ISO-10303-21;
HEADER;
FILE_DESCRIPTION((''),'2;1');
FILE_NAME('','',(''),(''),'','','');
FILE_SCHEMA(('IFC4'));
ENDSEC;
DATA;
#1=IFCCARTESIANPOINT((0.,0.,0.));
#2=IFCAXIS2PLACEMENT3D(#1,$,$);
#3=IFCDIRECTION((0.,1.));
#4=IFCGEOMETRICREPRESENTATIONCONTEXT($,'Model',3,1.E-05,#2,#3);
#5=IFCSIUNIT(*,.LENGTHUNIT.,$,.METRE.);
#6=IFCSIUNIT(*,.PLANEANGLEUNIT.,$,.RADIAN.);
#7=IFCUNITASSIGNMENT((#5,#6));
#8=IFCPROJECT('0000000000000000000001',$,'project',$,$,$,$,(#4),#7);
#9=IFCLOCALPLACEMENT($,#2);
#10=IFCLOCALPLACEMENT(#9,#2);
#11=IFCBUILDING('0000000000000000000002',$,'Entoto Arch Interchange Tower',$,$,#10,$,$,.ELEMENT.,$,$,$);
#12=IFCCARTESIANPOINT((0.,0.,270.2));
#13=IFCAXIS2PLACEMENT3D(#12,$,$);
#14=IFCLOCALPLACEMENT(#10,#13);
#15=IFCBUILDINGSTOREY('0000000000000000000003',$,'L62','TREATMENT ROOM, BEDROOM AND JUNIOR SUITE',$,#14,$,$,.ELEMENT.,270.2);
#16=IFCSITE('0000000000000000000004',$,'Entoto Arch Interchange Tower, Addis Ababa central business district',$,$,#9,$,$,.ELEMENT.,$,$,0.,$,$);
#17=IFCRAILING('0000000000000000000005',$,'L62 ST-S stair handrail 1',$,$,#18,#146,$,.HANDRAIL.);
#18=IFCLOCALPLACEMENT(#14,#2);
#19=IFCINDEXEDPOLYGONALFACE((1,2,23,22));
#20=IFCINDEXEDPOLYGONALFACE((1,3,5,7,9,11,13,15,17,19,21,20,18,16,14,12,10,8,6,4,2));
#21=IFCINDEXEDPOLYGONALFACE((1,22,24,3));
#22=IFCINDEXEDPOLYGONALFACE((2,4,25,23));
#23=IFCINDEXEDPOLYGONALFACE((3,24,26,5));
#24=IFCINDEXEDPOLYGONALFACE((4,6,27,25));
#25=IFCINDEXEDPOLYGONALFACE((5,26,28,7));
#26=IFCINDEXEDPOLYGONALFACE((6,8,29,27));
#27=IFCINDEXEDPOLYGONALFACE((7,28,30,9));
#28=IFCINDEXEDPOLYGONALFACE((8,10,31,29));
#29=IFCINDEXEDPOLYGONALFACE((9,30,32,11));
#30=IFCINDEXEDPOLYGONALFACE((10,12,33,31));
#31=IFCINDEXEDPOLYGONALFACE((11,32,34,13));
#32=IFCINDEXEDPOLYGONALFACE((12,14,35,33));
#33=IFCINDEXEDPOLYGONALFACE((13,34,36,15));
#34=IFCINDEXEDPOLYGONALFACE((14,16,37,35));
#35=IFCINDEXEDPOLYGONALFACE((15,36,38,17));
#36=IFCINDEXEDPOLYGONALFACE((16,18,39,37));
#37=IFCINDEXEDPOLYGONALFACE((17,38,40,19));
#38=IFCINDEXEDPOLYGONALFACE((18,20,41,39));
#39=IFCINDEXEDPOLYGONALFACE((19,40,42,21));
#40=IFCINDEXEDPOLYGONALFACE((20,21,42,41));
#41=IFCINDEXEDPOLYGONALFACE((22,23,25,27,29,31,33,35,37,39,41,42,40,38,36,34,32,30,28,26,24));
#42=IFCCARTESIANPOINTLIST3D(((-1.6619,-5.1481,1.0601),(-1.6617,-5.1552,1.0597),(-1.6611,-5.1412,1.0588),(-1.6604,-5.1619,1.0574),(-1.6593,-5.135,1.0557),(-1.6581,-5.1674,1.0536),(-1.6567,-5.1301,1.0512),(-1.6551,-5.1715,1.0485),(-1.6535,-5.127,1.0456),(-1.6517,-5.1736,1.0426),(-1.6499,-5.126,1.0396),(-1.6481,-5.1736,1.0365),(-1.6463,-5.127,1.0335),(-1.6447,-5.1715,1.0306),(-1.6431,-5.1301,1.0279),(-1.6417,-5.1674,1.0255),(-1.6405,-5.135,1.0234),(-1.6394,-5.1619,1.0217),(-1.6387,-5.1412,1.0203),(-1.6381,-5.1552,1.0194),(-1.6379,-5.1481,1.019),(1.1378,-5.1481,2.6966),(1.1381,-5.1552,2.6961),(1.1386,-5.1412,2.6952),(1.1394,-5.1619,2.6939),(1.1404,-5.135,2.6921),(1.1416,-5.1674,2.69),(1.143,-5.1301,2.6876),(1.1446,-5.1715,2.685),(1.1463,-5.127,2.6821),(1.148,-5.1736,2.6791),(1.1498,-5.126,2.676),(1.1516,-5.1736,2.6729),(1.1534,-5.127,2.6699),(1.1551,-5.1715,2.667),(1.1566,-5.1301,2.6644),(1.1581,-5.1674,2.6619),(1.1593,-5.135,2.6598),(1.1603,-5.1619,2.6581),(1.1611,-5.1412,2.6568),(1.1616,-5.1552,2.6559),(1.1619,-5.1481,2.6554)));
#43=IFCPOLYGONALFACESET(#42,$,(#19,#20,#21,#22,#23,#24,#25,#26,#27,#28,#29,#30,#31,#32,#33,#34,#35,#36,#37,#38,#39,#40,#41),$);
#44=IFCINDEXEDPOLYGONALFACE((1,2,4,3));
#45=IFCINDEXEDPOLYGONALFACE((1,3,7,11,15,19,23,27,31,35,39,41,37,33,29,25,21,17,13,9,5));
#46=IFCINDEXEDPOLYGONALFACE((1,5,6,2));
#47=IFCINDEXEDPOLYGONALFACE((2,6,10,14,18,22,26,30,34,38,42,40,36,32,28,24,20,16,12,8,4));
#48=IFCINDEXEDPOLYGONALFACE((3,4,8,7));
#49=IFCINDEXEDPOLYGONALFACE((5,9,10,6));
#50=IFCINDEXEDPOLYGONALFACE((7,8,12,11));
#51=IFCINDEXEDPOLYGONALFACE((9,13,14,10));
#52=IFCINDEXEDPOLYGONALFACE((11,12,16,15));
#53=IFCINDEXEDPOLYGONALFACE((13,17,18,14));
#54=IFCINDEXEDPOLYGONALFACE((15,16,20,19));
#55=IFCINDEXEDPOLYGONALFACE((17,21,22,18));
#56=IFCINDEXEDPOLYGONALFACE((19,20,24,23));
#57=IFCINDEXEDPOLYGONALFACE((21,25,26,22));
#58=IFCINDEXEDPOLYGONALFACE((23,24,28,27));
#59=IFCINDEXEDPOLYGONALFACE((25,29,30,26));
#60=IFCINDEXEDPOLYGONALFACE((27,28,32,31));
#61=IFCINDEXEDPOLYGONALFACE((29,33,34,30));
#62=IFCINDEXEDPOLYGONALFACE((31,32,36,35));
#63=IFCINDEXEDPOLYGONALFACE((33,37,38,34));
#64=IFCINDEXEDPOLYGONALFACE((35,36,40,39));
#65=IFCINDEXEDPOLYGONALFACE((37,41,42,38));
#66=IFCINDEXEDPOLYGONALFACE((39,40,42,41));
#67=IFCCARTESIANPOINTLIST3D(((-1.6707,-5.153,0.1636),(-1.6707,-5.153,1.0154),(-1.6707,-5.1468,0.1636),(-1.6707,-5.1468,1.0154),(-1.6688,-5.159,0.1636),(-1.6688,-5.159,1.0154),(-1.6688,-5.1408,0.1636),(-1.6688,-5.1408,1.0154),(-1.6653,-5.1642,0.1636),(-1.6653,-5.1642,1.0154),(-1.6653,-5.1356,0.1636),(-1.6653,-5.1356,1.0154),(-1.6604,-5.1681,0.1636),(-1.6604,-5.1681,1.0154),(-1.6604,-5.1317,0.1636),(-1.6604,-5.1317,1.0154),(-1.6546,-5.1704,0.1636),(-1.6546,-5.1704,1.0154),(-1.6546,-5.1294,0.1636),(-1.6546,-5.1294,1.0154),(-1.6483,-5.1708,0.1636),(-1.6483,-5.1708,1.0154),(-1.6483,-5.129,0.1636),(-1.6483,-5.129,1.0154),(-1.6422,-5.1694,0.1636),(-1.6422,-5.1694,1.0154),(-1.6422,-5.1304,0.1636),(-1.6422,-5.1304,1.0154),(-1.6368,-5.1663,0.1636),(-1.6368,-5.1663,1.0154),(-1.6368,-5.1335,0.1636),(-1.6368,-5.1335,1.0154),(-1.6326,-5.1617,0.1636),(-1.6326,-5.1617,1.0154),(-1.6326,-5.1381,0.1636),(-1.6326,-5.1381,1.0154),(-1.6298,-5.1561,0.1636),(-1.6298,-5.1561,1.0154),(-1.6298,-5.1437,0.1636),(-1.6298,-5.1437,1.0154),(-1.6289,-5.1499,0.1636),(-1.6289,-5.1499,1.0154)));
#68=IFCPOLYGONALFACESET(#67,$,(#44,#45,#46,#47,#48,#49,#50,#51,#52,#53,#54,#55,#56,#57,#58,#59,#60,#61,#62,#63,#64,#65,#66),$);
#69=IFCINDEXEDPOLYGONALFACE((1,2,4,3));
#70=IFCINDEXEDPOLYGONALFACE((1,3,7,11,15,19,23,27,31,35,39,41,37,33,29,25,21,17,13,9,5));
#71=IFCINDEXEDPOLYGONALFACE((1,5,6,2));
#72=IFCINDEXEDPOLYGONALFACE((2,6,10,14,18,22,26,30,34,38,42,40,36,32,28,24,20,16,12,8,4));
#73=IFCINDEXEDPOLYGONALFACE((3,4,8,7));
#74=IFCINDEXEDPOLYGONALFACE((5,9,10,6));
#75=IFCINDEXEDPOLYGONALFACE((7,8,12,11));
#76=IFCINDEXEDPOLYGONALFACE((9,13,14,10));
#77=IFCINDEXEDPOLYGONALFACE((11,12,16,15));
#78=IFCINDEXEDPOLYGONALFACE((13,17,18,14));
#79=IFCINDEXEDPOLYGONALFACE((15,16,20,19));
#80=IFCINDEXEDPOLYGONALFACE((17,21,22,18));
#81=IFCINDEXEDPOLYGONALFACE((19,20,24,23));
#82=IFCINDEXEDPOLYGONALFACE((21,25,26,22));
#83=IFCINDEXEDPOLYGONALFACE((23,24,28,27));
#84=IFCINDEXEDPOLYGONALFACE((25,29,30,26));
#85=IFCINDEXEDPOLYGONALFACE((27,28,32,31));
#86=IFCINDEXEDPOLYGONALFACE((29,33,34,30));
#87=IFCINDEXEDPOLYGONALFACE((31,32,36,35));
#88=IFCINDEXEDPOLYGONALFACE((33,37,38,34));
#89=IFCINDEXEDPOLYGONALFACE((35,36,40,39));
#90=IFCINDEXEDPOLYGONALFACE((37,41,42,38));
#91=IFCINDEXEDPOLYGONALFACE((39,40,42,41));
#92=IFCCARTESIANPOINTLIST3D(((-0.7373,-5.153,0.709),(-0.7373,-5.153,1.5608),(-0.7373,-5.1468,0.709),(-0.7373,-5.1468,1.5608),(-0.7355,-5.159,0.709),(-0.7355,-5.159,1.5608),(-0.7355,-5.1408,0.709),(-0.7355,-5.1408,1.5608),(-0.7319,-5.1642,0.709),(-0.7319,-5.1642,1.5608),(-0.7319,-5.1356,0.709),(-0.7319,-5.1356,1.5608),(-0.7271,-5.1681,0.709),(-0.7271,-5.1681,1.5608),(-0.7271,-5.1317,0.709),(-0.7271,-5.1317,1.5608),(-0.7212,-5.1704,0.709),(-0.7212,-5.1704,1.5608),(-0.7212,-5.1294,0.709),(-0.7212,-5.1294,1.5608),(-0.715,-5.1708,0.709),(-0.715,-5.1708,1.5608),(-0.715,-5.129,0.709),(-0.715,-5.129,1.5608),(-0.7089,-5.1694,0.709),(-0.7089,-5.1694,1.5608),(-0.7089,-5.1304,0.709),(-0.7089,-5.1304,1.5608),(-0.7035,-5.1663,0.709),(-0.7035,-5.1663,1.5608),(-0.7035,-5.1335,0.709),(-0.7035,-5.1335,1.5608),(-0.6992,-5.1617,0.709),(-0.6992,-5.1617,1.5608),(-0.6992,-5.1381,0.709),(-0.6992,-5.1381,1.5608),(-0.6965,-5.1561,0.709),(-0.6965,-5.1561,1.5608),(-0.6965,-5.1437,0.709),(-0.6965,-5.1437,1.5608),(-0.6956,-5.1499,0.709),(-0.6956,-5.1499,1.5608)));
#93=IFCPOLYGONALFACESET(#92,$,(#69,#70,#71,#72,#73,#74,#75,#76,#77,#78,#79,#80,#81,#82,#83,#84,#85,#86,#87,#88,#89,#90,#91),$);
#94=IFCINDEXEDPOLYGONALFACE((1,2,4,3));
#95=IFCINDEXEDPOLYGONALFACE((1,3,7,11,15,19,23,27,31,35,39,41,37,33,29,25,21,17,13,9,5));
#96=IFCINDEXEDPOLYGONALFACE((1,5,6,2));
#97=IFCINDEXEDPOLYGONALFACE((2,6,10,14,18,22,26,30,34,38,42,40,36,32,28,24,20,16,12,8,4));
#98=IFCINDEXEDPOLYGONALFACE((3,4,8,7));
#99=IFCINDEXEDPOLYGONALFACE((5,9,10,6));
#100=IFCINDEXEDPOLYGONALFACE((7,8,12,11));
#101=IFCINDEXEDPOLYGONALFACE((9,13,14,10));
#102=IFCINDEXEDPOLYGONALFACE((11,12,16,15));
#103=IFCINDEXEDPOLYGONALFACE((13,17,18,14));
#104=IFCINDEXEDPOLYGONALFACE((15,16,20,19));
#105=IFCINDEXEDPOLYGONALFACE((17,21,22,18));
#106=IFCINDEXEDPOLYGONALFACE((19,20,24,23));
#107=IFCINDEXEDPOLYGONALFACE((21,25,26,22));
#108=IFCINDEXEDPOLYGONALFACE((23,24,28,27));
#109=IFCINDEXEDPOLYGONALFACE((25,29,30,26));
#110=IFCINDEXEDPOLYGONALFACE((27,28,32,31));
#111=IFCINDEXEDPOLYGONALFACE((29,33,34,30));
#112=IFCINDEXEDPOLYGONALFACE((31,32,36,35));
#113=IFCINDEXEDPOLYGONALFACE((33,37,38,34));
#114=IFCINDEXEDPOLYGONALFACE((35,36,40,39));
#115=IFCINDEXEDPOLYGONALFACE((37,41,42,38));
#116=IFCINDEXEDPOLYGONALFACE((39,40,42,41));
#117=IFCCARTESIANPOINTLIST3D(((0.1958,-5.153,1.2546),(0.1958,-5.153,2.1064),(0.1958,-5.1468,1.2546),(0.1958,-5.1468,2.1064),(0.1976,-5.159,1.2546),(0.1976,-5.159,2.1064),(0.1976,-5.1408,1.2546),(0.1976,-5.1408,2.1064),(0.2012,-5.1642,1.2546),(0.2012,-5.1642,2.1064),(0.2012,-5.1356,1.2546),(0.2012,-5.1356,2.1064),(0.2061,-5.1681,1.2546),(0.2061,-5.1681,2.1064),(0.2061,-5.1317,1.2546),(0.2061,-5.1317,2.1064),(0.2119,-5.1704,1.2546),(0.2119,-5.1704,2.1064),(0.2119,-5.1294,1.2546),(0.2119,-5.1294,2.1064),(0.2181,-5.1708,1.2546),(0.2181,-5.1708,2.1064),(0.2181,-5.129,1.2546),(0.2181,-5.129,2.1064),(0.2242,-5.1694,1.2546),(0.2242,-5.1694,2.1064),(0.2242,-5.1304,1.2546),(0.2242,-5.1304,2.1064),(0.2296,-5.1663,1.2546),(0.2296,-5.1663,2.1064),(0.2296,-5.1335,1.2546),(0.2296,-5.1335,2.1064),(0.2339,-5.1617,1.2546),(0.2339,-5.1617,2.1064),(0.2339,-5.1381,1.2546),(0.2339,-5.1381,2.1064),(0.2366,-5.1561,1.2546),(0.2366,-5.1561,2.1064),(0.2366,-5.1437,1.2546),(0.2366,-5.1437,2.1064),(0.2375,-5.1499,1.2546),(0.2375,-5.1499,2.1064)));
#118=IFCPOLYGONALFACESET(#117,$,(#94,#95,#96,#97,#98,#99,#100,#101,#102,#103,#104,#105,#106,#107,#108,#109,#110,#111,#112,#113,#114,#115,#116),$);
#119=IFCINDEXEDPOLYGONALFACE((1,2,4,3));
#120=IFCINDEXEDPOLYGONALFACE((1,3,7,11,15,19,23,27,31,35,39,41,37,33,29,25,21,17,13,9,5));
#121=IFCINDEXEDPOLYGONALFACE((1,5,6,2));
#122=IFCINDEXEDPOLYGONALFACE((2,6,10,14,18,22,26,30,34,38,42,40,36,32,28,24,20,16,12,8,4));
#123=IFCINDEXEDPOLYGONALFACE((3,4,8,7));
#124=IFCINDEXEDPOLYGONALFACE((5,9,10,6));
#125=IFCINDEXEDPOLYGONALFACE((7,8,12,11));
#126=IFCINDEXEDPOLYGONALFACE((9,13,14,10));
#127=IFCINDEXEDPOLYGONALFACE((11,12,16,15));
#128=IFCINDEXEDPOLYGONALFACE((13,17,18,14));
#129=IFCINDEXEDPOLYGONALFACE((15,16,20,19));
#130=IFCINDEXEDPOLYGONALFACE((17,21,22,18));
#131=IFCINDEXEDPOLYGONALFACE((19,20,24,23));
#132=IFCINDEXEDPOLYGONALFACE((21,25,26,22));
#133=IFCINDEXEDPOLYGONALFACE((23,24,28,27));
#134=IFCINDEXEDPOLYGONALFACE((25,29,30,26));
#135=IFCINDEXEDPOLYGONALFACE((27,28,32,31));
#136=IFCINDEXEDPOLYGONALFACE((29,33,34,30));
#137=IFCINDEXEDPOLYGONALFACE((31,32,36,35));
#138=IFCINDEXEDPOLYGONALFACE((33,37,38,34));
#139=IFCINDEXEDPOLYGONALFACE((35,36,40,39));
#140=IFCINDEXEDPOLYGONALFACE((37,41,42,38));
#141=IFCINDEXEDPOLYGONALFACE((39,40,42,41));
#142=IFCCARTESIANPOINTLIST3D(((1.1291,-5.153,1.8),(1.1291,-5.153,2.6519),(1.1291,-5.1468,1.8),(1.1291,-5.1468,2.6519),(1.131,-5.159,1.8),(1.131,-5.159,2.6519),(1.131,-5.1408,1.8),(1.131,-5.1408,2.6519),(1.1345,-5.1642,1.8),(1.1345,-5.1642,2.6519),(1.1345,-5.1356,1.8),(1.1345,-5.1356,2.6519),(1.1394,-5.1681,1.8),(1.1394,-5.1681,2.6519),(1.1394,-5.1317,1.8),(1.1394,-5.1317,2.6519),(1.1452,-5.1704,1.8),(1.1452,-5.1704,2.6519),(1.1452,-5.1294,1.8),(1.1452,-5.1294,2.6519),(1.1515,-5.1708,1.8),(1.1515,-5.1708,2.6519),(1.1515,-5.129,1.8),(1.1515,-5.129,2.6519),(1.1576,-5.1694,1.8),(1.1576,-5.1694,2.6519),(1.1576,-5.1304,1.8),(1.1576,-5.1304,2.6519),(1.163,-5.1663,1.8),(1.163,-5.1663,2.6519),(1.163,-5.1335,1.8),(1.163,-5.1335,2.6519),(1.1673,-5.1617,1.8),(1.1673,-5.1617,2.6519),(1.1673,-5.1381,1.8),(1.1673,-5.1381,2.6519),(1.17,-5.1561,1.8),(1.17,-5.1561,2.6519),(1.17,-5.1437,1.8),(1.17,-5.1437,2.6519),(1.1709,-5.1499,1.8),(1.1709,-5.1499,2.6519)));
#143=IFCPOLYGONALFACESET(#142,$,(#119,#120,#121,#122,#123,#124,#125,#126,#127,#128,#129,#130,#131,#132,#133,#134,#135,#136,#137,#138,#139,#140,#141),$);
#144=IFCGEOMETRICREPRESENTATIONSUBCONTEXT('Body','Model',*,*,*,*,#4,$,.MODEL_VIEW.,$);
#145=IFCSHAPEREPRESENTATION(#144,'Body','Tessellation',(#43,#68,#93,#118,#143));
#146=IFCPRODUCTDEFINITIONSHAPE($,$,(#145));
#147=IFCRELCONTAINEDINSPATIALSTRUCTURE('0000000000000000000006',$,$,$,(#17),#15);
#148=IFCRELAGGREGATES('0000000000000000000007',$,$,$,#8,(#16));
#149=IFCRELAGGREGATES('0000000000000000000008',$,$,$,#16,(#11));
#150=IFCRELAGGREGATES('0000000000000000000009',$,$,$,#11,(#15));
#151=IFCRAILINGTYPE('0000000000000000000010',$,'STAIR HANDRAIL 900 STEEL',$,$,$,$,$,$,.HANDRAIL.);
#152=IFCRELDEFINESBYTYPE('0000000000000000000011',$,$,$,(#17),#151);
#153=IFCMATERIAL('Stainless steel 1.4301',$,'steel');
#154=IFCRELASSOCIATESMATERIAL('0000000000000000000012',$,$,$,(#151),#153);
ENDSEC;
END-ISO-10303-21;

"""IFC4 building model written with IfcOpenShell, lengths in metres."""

from ifc_helpers import new_model, si_unit, direction, frame, origin, origin_2d, place, context, subcontext, project, spatial, circle, extrude, material, type_object, element, save


model = new_model("IFC4")

# Units and contexts
model_context = context("Model", 3, precision=1e-05, world=origin(), true_north=direction((0.0, 1.0)))
body_context = subcontext(model_context, "Body", "Model", "MODEL_VIEW")
ifc_project = project(units=[si_unit("LENGTHUNIT", "METRE"), si_unit("PLANEANGLEUNIT", "RADIAN")], contexts=[model_context])

# Site, building, storey
site_placement = place(None, origin())
site = spatial("IfcSite", under=ifc_project, at=site_placement, Name="Entoto Arch Interchange Tower, Addis Ababa central business district", CompositionType="ELEMENT", RefElevation=0.0)
building_placement = place(site_placement, origin())
building = spatial("IfcBuilding", under=site, at=building_placement, Name="Entoto Arch Interchange Tower", CompositionType="ELEMENT")
storey_placement = place(building_placement, frame((0.0, 0.0, 270.2)))
storey = spatial("IfcBuildingStorey", under=building, at=storey_placement, Name="L62", Description="TREATMENT ROOM, BEDROOM AND JUNIOR SUITE", CompositionType="ELEMENT", Elevation=270.2)

# Railing
ifc_material_1 = material(Name="Stainless steel 1.4301", Category="steel")
railing_type = type_object("IfcRailingType", Name="STAIR HANDRAIL 900 STEEL", PredefinedType="HANDRAIL", material=ifc_material_1)
railing_placement = place(storey_placement, frame((-1.6499, -5.1499, 0.1636)))
element("IfcRailing", 1, at=railing_placement, inside=storey, type_object=railing_type, Name="L62 ST-S stair handrail 1", PredefinedType="HANDRAIL", context=body_context, shape_type="SweptSolid", body=[
    extrude(circle(Radius=0.0239, at=origin_2d()), frame((0.0, 0.0, 0.876), z_axis=(0.863342, 0.0, 0.50462), x_axis=(0.0, 1.0, 0.0)), (0.0, 0.0, 1.0), 3.2429),
    extrude(circle(Radius=0.021, at=origin_2d()), origin(), (0.0, 0.0, 1.0), 0.8518),
    extrude(circle(Radius=0.021, at=origin_2d()), frame((0.9333, 0.0, 0.5454)), (0.0, 0.0, 1.0), 0.8518),
    extrude(circle(Radius=0.021, at=origin_2d()), frame((1.8665, 0.0, 1.0911)), (0.0, 0.0, 1.0), 0.8518),
    extrude(circle(Radius=0.021, at=origin_2d()), frame((2.7998, 0.0, 1.6365)), (0.0, 0.0, 1.0), 0.8518),
])

save(model, "model.ifc")
